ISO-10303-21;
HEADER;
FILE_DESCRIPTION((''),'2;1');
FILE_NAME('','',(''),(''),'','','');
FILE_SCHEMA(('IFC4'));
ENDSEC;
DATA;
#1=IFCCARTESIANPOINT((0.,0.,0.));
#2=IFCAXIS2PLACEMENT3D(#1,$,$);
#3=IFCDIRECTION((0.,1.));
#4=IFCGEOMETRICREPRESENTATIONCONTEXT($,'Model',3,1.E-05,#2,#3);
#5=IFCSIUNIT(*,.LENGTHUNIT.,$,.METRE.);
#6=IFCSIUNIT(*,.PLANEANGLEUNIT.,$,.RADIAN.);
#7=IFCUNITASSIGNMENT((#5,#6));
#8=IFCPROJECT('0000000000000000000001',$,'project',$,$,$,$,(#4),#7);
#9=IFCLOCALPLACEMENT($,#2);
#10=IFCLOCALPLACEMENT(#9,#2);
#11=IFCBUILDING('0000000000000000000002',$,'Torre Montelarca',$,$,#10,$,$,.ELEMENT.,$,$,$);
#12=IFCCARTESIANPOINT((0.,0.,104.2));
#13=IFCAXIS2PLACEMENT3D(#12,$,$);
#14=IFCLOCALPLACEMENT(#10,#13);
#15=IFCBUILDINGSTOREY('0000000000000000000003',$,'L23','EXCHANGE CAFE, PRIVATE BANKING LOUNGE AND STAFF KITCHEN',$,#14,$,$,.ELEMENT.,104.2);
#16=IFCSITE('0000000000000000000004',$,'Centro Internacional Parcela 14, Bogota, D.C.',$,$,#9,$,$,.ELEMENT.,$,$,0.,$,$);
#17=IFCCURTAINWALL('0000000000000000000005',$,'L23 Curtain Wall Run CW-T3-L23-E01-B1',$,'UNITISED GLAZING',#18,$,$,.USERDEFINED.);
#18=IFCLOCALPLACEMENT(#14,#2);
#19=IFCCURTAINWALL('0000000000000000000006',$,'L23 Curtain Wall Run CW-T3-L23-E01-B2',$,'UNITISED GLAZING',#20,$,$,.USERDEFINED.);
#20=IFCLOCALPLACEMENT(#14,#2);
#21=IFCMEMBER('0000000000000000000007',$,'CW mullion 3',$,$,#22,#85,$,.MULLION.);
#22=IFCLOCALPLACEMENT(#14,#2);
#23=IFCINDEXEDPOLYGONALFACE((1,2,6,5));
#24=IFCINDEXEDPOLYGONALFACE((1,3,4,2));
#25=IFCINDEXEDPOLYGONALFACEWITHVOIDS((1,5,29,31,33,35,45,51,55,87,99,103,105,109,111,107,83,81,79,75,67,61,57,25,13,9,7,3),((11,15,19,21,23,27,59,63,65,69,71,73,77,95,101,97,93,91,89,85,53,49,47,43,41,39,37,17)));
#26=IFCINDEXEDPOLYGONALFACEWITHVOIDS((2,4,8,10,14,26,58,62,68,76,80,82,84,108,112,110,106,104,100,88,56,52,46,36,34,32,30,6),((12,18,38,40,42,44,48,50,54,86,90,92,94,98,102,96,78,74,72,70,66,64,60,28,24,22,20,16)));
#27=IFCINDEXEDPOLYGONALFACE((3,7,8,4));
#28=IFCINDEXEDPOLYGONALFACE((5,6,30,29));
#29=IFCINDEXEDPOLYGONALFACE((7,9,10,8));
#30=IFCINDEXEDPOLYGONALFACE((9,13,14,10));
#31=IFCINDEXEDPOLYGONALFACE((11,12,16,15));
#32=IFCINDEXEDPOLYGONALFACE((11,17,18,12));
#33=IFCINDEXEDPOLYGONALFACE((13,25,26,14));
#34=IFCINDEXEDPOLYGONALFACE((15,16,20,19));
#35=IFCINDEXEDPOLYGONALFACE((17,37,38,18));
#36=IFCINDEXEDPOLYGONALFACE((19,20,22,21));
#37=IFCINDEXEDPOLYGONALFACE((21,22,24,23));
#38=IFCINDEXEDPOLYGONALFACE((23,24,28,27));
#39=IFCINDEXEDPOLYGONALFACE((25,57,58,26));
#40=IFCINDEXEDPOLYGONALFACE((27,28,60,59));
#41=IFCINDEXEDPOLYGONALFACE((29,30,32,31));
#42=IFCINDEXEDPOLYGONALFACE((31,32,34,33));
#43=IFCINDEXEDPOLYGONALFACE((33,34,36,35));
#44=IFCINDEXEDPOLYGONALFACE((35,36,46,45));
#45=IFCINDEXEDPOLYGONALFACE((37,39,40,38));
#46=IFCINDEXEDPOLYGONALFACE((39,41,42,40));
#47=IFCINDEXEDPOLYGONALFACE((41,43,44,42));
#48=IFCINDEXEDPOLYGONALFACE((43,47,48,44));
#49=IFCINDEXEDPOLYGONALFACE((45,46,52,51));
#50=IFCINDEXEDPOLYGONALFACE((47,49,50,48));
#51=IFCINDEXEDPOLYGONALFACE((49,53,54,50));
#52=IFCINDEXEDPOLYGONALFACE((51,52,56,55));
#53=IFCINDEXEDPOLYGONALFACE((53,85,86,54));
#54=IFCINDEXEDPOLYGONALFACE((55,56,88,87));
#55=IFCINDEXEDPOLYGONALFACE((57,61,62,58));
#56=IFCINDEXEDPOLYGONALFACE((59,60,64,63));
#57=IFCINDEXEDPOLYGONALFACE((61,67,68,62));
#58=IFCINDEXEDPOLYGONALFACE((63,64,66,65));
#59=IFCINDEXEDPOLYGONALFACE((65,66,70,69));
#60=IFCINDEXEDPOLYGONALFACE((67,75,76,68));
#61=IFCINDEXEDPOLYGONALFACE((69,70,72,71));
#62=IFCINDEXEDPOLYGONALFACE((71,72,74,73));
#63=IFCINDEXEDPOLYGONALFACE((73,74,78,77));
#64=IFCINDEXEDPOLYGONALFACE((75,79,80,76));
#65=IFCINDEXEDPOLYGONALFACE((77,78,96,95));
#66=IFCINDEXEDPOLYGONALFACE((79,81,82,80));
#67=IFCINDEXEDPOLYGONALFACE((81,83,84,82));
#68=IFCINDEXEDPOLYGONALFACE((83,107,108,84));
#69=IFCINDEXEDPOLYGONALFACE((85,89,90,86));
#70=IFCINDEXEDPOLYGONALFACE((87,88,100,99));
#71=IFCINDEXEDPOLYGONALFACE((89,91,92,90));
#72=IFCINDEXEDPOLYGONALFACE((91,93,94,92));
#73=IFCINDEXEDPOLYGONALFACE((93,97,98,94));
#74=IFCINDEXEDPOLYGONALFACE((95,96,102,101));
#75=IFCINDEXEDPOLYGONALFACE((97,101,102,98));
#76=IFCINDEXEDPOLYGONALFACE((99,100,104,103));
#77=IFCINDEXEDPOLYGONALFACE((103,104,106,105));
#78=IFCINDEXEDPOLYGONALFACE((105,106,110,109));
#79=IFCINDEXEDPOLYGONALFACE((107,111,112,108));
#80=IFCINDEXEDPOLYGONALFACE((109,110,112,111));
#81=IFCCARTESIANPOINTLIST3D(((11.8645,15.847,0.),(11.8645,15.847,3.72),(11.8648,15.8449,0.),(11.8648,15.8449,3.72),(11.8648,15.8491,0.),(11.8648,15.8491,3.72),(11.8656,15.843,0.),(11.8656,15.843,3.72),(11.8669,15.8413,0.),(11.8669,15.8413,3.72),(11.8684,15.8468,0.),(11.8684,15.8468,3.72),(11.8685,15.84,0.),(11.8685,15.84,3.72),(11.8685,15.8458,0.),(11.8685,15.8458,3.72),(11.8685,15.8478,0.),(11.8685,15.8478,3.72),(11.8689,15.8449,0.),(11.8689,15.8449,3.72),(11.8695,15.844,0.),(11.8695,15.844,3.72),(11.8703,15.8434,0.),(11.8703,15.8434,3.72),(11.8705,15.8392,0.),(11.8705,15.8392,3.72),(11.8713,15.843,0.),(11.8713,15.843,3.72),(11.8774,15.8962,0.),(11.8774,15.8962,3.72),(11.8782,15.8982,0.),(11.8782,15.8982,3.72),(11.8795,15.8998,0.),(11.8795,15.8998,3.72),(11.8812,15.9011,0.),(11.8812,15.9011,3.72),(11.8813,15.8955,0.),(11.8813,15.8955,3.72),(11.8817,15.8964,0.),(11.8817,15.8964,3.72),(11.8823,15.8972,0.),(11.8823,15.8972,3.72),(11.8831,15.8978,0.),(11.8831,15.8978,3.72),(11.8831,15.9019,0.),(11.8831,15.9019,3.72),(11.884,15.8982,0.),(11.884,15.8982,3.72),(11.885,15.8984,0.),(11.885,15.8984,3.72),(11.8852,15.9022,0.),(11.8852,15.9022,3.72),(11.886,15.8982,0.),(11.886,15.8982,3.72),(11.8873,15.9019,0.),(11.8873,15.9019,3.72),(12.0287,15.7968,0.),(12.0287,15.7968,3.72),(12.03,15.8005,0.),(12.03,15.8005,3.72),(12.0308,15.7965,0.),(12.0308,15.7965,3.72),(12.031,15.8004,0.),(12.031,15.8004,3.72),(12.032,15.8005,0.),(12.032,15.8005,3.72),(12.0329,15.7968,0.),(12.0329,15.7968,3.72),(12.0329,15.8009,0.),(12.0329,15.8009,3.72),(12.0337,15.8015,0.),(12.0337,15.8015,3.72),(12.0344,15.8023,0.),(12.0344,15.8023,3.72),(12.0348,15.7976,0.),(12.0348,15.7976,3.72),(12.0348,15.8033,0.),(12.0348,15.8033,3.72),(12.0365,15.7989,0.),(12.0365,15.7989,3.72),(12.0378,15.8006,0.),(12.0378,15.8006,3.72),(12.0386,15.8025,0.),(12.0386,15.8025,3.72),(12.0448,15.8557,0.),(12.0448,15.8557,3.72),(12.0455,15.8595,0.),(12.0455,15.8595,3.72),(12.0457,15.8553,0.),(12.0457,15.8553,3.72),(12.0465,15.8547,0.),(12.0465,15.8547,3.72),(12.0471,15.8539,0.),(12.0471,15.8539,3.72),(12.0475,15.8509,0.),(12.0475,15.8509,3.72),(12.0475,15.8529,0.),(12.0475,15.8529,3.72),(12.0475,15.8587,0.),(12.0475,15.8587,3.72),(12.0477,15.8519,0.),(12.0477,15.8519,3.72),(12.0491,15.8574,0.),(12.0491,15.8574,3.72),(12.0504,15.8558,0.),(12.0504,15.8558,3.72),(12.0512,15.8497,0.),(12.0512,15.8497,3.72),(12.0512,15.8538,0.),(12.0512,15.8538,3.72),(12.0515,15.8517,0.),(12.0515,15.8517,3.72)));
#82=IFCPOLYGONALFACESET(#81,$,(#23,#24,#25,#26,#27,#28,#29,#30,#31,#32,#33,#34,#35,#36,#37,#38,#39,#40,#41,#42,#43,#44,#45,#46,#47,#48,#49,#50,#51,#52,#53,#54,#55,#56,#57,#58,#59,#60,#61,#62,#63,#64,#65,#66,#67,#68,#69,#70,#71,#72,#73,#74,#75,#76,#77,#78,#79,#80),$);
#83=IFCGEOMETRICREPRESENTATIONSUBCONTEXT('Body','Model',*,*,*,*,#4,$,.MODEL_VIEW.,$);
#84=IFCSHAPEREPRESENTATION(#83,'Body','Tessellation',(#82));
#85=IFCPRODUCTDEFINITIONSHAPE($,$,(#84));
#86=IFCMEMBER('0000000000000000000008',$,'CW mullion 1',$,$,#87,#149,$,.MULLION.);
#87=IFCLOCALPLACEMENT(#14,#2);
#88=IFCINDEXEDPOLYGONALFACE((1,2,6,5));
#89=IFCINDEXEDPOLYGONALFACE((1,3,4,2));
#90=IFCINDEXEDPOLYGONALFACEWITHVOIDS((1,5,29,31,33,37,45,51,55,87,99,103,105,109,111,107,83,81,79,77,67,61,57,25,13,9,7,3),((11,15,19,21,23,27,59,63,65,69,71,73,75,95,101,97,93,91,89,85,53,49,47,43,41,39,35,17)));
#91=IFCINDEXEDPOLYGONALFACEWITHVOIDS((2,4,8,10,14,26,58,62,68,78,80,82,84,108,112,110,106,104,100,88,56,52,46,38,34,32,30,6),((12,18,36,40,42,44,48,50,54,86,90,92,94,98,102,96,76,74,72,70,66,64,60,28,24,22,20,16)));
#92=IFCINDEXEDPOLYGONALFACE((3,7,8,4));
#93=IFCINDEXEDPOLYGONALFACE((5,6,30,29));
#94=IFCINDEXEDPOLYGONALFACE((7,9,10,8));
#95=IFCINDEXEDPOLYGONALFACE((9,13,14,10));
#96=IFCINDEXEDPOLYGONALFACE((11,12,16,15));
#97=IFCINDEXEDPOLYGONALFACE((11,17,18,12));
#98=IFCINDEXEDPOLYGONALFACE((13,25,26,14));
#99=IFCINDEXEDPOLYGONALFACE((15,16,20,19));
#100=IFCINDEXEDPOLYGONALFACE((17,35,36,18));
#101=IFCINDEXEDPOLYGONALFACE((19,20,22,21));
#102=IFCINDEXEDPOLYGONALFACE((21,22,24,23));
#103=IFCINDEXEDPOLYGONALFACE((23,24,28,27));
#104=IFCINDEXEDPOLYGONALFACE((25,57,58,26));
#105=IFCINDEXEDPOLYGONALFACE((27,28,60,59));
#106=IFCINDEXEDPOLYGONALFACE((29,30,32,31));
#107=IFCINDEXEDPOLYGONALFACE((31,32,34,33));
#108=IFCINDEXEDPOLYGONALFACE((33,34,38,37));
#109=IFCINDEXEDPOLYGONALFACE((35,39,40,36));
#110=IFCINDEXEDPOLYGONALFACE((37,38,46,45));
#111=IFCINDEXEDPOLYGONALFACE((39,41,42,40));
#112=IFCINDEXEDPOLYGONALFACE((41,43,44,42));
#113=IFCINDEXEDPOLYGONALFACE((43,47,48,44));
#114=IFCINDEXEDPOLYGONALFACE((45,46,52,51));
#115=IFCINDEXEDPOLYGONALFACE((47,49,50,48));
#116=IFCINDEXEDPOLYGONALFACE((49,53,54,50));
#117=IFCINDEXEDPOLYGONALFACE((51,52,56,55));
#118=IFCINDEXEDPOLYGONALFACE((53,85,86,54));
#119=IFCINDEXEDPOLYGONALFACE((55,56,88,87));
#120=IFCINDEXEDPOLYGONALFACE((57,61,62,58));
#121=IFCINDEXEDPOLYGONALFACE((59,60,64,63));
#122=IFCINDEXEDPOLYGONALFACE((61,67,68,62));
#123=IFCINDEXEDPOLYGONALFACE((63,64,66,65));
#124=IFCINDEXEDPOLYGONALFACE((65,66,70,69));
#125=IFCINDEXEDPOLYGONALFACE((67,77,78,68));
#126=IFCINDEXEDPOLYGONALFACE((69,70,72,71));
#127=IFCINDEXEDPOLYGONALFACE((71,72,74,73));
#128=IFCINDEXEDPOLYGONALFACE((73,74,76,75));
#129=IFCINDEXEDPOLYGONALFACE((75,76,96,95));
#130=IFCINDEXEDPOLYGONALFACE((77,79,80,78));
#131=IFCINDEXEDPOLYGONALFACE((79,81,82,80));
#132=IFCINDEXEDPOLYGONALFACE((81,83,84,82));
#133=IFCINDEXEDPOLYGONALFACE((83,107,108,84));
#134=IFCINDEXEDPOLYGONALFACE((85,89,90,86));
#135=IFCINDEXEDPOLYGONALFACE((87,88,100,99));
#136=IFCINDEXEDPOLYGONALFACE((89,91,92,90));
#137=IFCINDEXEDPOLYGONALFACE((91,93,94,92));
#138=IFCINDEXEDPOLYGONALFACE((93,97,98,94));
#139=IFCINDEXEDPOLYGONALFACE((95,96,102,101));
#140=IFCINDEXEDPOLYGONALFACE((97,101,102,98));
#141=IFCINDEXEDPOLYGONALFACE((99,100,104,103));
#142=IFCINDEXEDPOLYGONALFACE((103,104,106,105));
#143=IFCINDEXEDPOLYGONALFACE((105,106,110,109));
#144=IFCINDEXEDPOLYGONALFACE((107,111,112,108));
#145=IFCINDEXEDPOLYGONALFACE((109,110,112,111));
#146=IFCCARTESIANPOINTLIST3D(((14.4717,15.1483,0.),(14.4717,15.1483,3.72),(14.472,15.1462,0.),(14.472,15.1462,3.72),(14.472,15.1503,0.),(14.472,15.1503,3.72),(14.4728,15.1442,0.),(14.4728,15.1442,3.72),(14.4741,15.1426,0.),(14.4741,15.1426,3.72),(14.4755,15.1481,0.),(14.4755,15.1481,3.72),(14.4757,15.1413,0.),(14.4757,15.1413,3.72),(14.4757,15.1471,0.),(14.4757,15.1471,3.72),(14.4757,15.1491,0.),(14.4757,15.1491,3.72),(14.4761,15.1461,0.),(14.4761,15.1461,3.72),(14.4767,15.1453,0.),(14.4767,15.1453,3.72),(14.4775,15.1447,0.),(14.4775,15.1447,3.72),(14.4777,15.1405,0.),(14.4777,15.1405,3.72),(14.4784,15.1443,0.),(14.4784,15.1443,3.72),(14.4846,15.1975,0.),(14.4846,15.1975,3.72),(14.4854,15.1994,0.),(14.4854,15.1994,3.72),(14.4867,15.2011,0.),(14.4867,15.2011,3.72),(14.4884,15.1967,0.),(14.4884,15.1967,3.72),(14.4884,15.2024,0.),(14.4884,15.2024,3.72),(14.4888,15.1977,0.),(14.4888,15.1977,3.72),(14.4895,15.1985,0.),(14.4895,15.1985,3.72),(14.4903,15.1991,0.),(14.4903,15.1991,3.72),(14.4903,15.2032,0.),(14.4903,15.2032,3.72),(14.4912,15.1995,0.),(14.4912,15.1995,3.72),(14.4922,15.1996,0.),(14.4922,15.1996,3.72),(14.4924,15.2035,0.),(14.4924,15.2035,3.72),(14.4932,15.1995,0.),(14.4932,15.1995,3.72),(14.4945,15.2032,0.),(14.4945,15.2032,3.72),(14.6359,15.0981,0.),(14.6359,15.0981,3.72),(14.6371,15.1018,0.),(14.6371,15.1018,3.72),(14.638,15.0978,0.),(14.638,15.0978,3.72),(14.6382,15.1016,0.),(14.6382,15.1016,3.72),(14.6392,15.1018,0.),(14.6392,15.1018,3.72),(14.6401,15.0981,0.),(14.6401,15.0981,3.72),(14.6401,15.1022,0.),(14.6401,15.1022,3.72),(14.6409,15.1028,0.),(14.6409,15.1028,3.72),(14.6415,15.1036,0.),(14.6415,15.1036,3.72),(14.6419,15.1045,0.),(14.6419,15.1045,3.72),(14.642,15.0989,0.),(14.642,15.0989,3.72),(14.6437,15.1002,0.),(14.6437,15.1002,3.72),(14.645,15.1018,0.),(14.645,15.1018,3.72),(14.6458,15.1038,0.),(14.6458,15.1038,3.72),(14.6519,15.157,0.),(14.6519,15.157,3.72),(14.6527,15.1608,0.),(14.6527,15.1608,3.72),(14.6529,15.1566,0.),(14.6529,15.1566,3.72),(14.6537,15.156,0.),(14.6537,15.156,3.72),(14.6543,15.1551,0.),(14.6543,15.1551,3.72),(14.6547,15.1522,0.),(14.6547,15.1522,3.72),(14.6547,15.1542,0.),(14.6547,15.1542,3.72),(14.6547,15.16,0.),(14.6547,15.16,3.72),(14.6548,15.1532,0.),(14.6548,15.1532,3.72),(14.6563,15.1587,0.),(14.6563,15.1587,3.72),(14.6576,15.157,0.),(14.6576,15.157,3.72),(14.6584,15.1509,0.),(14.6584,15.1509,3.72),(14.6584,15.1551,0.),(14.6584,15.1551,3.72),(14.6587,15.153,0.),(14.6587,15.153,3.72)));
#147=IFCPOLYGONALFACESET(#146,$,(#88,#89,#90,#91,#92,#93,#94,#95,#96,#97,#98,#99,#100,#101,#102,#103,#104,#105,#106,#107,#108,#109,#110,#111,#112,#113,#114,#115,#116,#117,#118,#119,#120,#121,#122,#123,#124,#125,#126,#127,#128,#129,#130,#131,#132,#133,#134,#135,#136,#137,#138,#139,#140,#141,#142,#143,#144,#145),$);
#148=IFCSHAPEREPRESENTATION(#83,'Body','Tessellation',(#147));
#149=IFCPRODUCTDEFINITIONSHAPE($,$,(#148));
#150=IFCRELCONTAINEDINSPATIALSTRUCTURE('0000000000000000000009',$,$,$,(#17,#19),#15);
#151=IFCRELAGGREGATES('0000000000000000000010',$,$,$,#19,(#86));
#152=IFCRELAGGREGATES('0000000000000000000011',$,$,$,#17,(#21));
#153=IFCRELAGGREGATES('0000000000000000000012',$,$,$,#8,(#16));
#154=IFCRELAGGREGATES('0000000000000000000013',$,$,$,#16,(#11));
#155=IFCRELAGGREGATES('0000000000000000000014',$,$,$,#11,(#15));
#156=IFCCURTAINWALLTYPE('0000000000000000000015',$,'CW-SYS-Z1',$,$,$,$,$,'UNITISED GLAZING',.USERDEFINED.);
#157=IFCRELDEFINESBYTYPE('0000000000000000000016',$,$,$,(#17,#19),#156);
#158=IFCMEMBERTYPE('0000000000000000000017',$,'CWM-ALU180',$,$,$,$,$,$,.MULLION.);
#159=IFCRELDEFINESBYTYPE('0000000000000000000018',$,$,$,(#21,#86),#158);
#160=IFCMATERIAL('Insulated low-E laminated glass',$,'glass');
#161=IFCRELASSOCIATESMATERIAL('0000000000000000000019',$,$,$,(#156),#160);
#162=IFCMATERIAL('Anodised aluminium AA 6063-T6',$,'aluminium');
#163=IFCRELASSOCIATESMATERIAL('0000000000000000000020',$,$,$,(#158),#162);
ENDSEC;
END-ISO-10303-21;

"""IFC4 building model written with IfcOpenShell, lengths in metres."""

from ifc_helpers import new_model, si_unit, direction, frame, origin, origin_2d, place, context, subcontext, project, spatial, hollow_rectangle, extrude, source, transform, mapped, material, material_profile, profile_set, type_object, element, aggregate, save


model = new_model("IFC4")

# Units and contexts
model_context = context("Model", 3, precision=1e-05, world=origin(), true_north=direction((0.0, 1.0)))
body_context = subcontext(model_context, "Body", "Model", "MODEL_VIEW")
ifc_project = project(units=[si_unit("LENGTHUNIT", "METRE"), si_unit("PLANEANGLEUNIT", "RADIAN")], contexts=[model_context])

# Site, building, storey
site_placement = place(None, origin())
site = spatial("IfcSite", under=ifc_project, at=site_placement, Name="Centro Internacional Parcela 14, Bogota, D.C.", CompositionType="ELEMENT", RefElevation=0.0)
building_placement = place(site_placement, origin())
building = spatial("IfcBuilding", under=site, at=building_placement, Name="Torre Montelarca", CompositionType="ELEMENT")
storey_placement = place(building_placement, frame((0.0, 0.0, 104.2)))
storey = spatial("IfcBuildingStorey", under=building, at=storey_placement, Name="L23", Description="EXCHANGE CAFE, PRIVATE BANKING LOUNGE AND STAFF KITCHEN", CompositionType="ELEMENT", Elevation=104.2)

# Curtain walls
ifc_material_1 = material(Name="Insulated low-E laminated glass", Category="glass")
curtain_wall_type = type_object("IfcCurtainWallType", Name="CW-SYS-Z1", ElementType="UNITISED GLAZING", PredefinedType="USERDEFINED", material=ifc_material_1)
curtain_wall_1_placement = place(storey_placement, origin())
curtain_wall_1 = element("IfcCurtainWall", 1, at=curtain_wall_1_placement, inside=storey, type_object=curtain_wall_type, Name="L23 Curtain Wall Run CW-T3-L23-E01-B1", ObjectType="UNITISED GLAZING", PredefinedType="USERDEFINED")
ifc_material_2 = material(Name="Anodised aluminium AA 6063-T6", Category="aluminium")
curtain_wall_2_placement = place(storey_placement, origin())
curtain_wall_2 = element("IfcCurtainWall", 2, at=curtain_wall_2_placement, inside=storey, type_object=curtain_wall_type, Name="L23 Curtain Wall Run CW-T3-L23-E01-B2", ObjectType="UNITISED GLAZING", PredefinedType="USERDEFINED")

# Members
ifc_material_profile_1 = material_profile(ifc_material_2, hollow_rectangle(XDim=0.0649, YDim=0.1799, WallThickness=0.0039, InnerFilletRadius=0.0039, OuterFilletRadius=0.0081, at=origin_2d()), Name="ALU65X180X4", Category="aluminium")
ifc_profile_set_1 = profile_set([ifc_material_profile_1], Name="Anodised aluminium AA 6063-T6")
member_type_1 = type_object("IfcMemberType", Name="CWM-ALU180", PredefinedType="MULLION", material=ifc_profile_set_1)
shared_shape_1 = source(origin(), body_context, "Body", "SweptSolid", [
    extrude(hollow_rectangle(XDim=0.0649, YDim=0.1799, WallThickness=0.0039, InnerFilletRadius=0.0039, OuterFilletRadius=0.0081, at=origin_2d()), origin(), (0.0, 0.0, 1.0), 3.72),
])
member_1_placement = place(storey_placement, frame((11.958, 15.8494, 0.0), z_axis=(0.0, 0.0, 1.0), x_axis=(0.258824, 0.965924, 0.0)))
member_1 = element("IfcMember", 3, at=member_1_placement, type_object=member_type_1, Name="CW mullion 3", PredefinedType="MULLION", context=body_context, shape_type="MappedRepresentation", body=[
    mapped(shared_shape_1, transform((0.0, 0.0, 0.0), scale=1.0)),
])
member_2_placement = place(storey_placement, frame((14.5652, 15.1506, 0.0), z_axis=(0.0, 0.0, 1.0), x_axis=(0.258822, 0.965925, 0.0)))
member_2 = element("IfcMember", 4, at=member_2_placement, type_object=member_type_1, Name="CW mullion 1", PredefinedType="MULLION", context=body_context, shape_type="MappedRepresentation", body=[
    mapped(shared_shape_1, transform((0.0, 0.0, 0.0), scale=1.0)),
])

aggregate(curtain_wall_2, [member_2])
aggregate(curtain_wall_1, [member_1])

save(model, "model.ifc")
